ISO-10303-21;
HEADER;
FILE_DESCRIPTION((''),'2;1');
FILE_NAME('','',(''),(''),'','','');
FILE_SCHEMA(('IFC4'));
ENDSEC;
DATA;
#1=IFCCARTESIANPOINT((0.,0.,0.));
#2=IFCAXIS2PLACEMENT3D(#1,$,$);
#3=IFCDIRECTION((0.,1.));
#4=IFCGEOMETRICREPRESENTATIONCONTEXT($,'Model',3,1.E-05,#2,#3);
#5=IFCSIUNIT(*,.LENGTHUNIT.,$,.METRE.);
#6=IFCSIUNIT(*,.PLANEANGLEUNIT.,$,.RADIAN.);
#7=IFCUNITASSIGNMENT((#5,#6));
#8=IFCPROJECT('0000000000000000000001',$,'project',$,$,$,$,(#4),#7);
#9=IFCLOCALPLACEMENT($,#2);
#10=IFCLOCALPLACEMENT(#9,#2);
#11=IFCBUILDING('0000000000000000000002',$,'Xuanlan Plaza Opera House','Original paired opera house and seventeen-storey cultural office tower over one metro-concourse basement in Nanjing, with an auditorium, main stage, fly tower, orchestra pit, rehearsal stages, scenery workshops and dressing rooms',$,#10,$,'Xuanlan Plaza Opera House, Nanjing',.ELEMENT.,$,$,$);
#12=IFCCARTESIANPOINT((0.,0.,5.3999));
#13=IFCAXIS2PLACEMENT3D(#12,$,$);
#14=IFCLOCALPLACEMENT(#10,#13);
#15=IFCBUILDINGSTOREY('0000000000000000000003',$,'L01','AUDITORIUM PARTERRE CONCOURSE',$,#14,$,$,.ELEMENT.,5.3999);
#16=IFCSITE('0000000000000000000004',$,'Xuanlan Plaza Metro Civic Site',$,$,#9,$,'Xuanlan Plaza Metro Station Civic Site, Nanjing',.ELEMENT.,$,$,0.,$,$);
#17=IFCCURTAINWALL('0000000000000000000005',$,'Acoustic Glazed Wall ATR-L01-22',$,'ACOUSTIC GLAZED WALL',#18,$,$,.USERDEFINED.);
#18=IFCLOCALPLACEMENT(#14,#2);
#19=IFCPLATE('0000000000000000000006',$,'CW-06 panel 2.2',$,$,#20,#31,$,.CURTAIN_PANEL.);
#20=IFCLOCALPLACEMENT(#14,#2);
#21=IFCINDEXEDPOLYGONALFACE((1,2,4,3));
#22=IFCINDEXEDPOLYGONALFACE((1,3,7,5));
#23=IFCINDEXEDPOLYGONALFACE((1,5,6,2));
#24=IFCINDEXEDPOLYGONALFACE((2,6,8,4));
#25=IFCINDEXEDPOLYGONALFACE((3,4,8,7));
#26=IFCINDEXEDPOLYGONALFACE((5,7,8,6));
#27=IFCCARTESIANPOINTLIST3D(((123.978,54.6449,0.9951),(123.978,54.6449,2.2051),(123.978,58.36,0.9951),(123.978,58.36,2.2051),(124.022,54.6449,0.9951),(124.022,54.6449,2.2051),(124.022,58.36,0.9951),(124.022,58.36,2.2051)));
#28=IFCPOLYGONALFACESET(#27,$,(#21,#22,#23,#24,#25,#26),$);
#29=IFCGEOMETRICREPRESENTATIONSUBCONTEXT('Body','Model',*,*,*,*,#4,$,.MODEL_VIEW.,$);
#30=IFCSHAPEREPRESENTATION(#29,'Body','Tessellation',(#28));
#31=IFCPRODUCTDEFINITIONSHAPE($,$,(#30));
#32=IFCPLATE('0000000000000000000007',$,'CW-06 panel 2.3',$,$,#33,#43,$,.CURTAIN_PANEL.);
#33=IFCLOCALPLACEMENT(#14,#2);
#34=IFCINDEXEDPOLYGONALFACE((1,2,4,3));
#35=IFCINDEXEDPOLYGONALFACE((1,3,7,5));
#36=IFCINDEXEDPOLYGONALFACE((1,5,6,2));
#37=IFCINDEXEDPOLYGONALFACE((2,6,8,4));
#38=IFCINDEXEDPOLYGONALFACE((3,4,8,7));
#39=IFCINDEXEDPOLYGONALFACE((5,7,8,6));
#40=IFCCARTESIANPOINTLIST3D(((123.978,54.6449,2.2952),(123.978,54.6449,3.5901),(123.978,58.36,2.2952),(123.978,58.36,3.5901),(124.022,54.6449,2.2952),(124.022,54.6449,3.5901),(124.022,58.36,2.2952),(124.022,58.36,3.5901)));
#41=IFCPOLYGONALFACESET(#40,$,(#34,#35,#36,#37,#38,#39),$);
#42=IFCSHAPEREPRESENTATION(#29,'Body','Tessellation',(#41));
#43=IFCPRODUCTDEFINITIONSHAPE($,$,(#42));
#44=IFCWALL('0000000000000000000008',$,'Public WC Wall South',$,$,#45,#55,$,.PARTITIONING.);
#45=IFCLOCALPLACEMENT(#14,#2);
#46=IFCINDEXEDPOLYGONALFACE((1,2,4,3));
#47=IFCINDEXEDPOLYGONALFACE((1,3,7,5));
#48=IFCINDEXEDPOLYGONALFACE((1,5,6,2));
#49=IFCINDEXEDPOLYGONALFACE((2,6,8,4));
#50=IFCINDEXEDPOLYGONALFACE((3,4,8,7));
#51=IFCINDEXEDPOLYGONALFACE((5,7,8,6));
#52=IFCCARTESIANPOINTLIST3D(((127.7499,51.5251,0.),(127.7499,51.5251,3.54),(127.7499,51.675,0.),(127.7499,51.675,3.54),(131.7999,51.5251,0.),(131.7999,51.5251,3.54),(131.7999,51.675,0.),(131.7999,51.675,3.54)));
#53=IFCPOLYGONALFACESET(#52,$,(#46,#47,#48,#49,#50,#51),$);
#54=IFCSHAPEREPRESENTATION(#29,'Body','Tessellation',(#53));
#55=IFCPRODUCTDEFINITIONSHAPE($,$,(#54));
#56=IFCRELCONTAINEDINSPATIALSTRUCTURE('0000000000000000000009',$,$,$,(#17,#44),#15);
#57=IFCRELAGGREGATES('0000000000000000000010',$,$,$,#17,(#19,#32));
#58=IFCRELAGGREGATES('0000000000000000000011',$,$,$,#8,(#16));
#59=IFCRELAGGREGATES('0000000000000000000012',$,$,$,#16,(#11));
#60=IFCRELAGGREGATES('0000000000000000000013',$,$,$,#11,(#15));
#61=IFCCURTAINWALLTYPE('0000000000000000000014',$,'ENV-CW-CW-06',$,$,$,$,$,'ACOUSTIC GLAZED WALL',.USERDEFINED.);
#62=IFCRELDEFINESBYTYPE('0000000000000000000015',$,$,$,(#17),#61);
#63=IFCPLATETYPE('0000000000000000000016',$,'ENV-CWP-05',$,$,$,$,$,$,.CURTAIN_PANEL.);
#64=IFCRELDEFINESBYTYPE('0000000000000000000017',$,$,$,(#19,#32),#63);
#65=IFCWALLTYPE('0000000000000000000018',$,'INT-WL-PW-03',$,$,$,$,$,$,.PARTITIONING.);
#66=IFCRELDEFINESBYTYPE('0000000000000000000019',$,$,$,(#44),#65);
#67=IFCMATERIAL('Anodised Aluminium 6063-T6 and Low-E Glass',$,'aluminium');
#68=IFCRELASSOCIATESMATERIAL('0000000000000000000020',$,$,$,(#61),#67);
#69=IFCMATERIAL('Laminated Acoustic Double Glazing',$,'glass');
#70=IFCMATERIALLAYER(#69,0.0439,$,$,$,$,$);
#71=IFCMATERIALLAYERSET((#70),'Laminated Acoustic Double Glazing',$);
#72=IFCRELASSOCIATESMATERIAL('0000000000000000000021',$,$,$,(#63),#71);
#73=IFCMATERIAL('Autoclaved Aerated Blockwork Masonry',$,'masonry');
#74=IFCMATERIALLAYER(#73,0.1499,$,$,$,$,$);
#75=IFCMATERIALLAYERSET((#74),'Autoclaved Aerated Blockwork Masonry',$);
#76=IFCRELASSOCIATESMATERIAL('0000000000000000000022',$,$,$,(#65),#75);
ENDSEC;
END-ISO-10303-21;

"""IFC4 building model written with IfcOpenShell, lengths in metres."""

from ifc_helpers import new_model, si_unit, direction, frame, frame_2d, origin, origin_2d, place, context, subcontext, project, spatial, rectangle, extrude, material, layer, layer_set, type_object, element, aggregate, save


model = new_model("IFC4")

# Units and contexts
model_context = context("Model", 3, precision=1e-05, world=origin(), true_north=direction((0.0, 1.0)))
body_context = subcontext(model_context, "Body", "Model", "MODEL_VIEW")
ifc_project = project(units=[si_unit("LENGTHUNIT", "METRE"), si_unit("PLANEANGLEUNIT", "RADIAN")], contexts=[model_context])

# Site, building, storey
site_placement = place(None, origin())
site = spatial("IfcSite", under=ifc_project, at=site_placement, Name="Xuanlan Plaza Metro Civic Site", LongName="Xuanlan Plaza Metro Station Civic Site, Nanjing", CompositionType="ELEMENT", RefElevation=0.0)
building_placement = place(site_placement, origin())
building = spatial("IfcBuilding", under=site, at=building_placement, Name="Xuanlan Plaza Opera House", Description="Original paired opera house and seventeen-storey cultural office tower over one metro-concourse basement in Nanjing, with an auditorium, main stage, fly tower, orchestra pit, rehearsal stages, scenery workshops and dressing rooms", LongName="Xuanlan Plaza Opera House, Nanjing", CompositionType="ELEMENT")
storey_placement = place(building_placement, frame((0.0, 0.0, 5.3999)))
storey = spatial("IfcBuildingStorey", under=building, at=storey_placement, Name="L01", Description="AUDITORIUM PARTERRE CONCOURSE", CompositionType="ELEMENT", Elevation=5.3999)

# Curtain wall, plates
ifc_material_1 = material(Name="Anodised Aluminium 6063-T6 and Low-E Glass", Category="aluminium")
curtain_wall_type = type_object("IfcCurtainWallType", Name="ENV-CW-CW-06", ElementType="ACOUSTIC GLAZED WALL", PredefinedType="USERDEFINED", material=ifc_material_1)
curtain_wall_placement = place(storey_placement, origin())
curtain_wall = element("IfcCurtainWall", 1, at=curtain_wall_placement, inside=storey, type_object=curtain_wall_type, Name="Acoustic Glazed Wall ATR-L01-22", ObjectType="ACOUSTIC GLAZED WALL", PredefinedType="USERDEFINED")
ifc_material_2 = material(Name="Laminated Acoustic Double Glazing", Category="glass")
ifc_layer_1 = layer(ifc_material_2, 0.0439)
ifc_layer_set_1 = layer_set([ifc_layer_1], Name="Laminated Acoustic Double Glazing")
plate_type = type_object("IfcPlateType", Name="ENV-CWP-05", PredefinedType="CURTAIN_PANEL", material=ifc_layer_set_1)
plate_1_placement = place(storey_placement, frame((124.0, 56.5024, 0.9951), z_axis=(0.0, 0.0, 1.0), x_axis=(0.0, 1.0, 0.0)))
plate_1 = element("IfcPlate", 2, at=plate_1_placement, type_object=plate_type, Name="CW-06 panel 2.2", PredefinedType="CURTAIN_PANEL", context=body_context, shape_type="SweptSolid", body=[
    extrude(rectangle(XDim=3.7151, YDim=0.0439, at=origin_2d()), origin(), (0.0, 0.0, 1.0), 1.21),
])
plate_2_placement = place(storey_placement, frame((124.0, 56.5024, 2.2952), z_axis=(0.0, 0.0, 1.0), x_axis=(0.0, 1.0, 0.0)))
plate_2 = element("IfcPlate", 3, at=plate_2_placement, type_object=plate_type, Name="CW-06 panel 2.3", PredefinedType="CURTAIN_PANEL", context=body_context, shape_type="SweptSolid", body=[
    extrude(rectangle(XDim=3.7151, YDim=0.0439, at=origin_2d()), origin(), (0.0, 0.0, 1.0), 1.2949),
])
aggregate(curtain_wall, [plate_1, plate_2])

# Wall
ifc_material_3 = material(Name="Autoclaved Aerated Blockwork Masonry", Category="masonry")
ifc_layer_2 = layer(ifc_material_3, 0.1499)
ifc_layer_set_2 = layer_set([ifc_layer_2], Name="Autoclaved Aerated Blockwork Masonry")
wall_type = type_object("IfcWallType", Name="INT-WL-PW-03", PredefinedType="PARTITIONING", material=ifc_layer_set_2)
wall_placement = place(storey_placement, frame((127.75, 51.6001, 0.0), z_axis=(0.0, 0.0, 1.0), x_axis=(1.0, 0.0, 0.0)))
element("IfcWall", 4, at=wall_placement, inside=storey, type_object=wall_type, Name="Public WC Wall South", PredefinedType="PARTITIONING", context=body_context, shape_type="SweptSolid", body=[
    extrude(rectangle(XDim=4.05, YDim=0.1499, at=frame_2d((2.0249, 0.0))), origin(), (0.0, 0.0, 1.0), 3.54),
])

save(model, "model.ifc")
